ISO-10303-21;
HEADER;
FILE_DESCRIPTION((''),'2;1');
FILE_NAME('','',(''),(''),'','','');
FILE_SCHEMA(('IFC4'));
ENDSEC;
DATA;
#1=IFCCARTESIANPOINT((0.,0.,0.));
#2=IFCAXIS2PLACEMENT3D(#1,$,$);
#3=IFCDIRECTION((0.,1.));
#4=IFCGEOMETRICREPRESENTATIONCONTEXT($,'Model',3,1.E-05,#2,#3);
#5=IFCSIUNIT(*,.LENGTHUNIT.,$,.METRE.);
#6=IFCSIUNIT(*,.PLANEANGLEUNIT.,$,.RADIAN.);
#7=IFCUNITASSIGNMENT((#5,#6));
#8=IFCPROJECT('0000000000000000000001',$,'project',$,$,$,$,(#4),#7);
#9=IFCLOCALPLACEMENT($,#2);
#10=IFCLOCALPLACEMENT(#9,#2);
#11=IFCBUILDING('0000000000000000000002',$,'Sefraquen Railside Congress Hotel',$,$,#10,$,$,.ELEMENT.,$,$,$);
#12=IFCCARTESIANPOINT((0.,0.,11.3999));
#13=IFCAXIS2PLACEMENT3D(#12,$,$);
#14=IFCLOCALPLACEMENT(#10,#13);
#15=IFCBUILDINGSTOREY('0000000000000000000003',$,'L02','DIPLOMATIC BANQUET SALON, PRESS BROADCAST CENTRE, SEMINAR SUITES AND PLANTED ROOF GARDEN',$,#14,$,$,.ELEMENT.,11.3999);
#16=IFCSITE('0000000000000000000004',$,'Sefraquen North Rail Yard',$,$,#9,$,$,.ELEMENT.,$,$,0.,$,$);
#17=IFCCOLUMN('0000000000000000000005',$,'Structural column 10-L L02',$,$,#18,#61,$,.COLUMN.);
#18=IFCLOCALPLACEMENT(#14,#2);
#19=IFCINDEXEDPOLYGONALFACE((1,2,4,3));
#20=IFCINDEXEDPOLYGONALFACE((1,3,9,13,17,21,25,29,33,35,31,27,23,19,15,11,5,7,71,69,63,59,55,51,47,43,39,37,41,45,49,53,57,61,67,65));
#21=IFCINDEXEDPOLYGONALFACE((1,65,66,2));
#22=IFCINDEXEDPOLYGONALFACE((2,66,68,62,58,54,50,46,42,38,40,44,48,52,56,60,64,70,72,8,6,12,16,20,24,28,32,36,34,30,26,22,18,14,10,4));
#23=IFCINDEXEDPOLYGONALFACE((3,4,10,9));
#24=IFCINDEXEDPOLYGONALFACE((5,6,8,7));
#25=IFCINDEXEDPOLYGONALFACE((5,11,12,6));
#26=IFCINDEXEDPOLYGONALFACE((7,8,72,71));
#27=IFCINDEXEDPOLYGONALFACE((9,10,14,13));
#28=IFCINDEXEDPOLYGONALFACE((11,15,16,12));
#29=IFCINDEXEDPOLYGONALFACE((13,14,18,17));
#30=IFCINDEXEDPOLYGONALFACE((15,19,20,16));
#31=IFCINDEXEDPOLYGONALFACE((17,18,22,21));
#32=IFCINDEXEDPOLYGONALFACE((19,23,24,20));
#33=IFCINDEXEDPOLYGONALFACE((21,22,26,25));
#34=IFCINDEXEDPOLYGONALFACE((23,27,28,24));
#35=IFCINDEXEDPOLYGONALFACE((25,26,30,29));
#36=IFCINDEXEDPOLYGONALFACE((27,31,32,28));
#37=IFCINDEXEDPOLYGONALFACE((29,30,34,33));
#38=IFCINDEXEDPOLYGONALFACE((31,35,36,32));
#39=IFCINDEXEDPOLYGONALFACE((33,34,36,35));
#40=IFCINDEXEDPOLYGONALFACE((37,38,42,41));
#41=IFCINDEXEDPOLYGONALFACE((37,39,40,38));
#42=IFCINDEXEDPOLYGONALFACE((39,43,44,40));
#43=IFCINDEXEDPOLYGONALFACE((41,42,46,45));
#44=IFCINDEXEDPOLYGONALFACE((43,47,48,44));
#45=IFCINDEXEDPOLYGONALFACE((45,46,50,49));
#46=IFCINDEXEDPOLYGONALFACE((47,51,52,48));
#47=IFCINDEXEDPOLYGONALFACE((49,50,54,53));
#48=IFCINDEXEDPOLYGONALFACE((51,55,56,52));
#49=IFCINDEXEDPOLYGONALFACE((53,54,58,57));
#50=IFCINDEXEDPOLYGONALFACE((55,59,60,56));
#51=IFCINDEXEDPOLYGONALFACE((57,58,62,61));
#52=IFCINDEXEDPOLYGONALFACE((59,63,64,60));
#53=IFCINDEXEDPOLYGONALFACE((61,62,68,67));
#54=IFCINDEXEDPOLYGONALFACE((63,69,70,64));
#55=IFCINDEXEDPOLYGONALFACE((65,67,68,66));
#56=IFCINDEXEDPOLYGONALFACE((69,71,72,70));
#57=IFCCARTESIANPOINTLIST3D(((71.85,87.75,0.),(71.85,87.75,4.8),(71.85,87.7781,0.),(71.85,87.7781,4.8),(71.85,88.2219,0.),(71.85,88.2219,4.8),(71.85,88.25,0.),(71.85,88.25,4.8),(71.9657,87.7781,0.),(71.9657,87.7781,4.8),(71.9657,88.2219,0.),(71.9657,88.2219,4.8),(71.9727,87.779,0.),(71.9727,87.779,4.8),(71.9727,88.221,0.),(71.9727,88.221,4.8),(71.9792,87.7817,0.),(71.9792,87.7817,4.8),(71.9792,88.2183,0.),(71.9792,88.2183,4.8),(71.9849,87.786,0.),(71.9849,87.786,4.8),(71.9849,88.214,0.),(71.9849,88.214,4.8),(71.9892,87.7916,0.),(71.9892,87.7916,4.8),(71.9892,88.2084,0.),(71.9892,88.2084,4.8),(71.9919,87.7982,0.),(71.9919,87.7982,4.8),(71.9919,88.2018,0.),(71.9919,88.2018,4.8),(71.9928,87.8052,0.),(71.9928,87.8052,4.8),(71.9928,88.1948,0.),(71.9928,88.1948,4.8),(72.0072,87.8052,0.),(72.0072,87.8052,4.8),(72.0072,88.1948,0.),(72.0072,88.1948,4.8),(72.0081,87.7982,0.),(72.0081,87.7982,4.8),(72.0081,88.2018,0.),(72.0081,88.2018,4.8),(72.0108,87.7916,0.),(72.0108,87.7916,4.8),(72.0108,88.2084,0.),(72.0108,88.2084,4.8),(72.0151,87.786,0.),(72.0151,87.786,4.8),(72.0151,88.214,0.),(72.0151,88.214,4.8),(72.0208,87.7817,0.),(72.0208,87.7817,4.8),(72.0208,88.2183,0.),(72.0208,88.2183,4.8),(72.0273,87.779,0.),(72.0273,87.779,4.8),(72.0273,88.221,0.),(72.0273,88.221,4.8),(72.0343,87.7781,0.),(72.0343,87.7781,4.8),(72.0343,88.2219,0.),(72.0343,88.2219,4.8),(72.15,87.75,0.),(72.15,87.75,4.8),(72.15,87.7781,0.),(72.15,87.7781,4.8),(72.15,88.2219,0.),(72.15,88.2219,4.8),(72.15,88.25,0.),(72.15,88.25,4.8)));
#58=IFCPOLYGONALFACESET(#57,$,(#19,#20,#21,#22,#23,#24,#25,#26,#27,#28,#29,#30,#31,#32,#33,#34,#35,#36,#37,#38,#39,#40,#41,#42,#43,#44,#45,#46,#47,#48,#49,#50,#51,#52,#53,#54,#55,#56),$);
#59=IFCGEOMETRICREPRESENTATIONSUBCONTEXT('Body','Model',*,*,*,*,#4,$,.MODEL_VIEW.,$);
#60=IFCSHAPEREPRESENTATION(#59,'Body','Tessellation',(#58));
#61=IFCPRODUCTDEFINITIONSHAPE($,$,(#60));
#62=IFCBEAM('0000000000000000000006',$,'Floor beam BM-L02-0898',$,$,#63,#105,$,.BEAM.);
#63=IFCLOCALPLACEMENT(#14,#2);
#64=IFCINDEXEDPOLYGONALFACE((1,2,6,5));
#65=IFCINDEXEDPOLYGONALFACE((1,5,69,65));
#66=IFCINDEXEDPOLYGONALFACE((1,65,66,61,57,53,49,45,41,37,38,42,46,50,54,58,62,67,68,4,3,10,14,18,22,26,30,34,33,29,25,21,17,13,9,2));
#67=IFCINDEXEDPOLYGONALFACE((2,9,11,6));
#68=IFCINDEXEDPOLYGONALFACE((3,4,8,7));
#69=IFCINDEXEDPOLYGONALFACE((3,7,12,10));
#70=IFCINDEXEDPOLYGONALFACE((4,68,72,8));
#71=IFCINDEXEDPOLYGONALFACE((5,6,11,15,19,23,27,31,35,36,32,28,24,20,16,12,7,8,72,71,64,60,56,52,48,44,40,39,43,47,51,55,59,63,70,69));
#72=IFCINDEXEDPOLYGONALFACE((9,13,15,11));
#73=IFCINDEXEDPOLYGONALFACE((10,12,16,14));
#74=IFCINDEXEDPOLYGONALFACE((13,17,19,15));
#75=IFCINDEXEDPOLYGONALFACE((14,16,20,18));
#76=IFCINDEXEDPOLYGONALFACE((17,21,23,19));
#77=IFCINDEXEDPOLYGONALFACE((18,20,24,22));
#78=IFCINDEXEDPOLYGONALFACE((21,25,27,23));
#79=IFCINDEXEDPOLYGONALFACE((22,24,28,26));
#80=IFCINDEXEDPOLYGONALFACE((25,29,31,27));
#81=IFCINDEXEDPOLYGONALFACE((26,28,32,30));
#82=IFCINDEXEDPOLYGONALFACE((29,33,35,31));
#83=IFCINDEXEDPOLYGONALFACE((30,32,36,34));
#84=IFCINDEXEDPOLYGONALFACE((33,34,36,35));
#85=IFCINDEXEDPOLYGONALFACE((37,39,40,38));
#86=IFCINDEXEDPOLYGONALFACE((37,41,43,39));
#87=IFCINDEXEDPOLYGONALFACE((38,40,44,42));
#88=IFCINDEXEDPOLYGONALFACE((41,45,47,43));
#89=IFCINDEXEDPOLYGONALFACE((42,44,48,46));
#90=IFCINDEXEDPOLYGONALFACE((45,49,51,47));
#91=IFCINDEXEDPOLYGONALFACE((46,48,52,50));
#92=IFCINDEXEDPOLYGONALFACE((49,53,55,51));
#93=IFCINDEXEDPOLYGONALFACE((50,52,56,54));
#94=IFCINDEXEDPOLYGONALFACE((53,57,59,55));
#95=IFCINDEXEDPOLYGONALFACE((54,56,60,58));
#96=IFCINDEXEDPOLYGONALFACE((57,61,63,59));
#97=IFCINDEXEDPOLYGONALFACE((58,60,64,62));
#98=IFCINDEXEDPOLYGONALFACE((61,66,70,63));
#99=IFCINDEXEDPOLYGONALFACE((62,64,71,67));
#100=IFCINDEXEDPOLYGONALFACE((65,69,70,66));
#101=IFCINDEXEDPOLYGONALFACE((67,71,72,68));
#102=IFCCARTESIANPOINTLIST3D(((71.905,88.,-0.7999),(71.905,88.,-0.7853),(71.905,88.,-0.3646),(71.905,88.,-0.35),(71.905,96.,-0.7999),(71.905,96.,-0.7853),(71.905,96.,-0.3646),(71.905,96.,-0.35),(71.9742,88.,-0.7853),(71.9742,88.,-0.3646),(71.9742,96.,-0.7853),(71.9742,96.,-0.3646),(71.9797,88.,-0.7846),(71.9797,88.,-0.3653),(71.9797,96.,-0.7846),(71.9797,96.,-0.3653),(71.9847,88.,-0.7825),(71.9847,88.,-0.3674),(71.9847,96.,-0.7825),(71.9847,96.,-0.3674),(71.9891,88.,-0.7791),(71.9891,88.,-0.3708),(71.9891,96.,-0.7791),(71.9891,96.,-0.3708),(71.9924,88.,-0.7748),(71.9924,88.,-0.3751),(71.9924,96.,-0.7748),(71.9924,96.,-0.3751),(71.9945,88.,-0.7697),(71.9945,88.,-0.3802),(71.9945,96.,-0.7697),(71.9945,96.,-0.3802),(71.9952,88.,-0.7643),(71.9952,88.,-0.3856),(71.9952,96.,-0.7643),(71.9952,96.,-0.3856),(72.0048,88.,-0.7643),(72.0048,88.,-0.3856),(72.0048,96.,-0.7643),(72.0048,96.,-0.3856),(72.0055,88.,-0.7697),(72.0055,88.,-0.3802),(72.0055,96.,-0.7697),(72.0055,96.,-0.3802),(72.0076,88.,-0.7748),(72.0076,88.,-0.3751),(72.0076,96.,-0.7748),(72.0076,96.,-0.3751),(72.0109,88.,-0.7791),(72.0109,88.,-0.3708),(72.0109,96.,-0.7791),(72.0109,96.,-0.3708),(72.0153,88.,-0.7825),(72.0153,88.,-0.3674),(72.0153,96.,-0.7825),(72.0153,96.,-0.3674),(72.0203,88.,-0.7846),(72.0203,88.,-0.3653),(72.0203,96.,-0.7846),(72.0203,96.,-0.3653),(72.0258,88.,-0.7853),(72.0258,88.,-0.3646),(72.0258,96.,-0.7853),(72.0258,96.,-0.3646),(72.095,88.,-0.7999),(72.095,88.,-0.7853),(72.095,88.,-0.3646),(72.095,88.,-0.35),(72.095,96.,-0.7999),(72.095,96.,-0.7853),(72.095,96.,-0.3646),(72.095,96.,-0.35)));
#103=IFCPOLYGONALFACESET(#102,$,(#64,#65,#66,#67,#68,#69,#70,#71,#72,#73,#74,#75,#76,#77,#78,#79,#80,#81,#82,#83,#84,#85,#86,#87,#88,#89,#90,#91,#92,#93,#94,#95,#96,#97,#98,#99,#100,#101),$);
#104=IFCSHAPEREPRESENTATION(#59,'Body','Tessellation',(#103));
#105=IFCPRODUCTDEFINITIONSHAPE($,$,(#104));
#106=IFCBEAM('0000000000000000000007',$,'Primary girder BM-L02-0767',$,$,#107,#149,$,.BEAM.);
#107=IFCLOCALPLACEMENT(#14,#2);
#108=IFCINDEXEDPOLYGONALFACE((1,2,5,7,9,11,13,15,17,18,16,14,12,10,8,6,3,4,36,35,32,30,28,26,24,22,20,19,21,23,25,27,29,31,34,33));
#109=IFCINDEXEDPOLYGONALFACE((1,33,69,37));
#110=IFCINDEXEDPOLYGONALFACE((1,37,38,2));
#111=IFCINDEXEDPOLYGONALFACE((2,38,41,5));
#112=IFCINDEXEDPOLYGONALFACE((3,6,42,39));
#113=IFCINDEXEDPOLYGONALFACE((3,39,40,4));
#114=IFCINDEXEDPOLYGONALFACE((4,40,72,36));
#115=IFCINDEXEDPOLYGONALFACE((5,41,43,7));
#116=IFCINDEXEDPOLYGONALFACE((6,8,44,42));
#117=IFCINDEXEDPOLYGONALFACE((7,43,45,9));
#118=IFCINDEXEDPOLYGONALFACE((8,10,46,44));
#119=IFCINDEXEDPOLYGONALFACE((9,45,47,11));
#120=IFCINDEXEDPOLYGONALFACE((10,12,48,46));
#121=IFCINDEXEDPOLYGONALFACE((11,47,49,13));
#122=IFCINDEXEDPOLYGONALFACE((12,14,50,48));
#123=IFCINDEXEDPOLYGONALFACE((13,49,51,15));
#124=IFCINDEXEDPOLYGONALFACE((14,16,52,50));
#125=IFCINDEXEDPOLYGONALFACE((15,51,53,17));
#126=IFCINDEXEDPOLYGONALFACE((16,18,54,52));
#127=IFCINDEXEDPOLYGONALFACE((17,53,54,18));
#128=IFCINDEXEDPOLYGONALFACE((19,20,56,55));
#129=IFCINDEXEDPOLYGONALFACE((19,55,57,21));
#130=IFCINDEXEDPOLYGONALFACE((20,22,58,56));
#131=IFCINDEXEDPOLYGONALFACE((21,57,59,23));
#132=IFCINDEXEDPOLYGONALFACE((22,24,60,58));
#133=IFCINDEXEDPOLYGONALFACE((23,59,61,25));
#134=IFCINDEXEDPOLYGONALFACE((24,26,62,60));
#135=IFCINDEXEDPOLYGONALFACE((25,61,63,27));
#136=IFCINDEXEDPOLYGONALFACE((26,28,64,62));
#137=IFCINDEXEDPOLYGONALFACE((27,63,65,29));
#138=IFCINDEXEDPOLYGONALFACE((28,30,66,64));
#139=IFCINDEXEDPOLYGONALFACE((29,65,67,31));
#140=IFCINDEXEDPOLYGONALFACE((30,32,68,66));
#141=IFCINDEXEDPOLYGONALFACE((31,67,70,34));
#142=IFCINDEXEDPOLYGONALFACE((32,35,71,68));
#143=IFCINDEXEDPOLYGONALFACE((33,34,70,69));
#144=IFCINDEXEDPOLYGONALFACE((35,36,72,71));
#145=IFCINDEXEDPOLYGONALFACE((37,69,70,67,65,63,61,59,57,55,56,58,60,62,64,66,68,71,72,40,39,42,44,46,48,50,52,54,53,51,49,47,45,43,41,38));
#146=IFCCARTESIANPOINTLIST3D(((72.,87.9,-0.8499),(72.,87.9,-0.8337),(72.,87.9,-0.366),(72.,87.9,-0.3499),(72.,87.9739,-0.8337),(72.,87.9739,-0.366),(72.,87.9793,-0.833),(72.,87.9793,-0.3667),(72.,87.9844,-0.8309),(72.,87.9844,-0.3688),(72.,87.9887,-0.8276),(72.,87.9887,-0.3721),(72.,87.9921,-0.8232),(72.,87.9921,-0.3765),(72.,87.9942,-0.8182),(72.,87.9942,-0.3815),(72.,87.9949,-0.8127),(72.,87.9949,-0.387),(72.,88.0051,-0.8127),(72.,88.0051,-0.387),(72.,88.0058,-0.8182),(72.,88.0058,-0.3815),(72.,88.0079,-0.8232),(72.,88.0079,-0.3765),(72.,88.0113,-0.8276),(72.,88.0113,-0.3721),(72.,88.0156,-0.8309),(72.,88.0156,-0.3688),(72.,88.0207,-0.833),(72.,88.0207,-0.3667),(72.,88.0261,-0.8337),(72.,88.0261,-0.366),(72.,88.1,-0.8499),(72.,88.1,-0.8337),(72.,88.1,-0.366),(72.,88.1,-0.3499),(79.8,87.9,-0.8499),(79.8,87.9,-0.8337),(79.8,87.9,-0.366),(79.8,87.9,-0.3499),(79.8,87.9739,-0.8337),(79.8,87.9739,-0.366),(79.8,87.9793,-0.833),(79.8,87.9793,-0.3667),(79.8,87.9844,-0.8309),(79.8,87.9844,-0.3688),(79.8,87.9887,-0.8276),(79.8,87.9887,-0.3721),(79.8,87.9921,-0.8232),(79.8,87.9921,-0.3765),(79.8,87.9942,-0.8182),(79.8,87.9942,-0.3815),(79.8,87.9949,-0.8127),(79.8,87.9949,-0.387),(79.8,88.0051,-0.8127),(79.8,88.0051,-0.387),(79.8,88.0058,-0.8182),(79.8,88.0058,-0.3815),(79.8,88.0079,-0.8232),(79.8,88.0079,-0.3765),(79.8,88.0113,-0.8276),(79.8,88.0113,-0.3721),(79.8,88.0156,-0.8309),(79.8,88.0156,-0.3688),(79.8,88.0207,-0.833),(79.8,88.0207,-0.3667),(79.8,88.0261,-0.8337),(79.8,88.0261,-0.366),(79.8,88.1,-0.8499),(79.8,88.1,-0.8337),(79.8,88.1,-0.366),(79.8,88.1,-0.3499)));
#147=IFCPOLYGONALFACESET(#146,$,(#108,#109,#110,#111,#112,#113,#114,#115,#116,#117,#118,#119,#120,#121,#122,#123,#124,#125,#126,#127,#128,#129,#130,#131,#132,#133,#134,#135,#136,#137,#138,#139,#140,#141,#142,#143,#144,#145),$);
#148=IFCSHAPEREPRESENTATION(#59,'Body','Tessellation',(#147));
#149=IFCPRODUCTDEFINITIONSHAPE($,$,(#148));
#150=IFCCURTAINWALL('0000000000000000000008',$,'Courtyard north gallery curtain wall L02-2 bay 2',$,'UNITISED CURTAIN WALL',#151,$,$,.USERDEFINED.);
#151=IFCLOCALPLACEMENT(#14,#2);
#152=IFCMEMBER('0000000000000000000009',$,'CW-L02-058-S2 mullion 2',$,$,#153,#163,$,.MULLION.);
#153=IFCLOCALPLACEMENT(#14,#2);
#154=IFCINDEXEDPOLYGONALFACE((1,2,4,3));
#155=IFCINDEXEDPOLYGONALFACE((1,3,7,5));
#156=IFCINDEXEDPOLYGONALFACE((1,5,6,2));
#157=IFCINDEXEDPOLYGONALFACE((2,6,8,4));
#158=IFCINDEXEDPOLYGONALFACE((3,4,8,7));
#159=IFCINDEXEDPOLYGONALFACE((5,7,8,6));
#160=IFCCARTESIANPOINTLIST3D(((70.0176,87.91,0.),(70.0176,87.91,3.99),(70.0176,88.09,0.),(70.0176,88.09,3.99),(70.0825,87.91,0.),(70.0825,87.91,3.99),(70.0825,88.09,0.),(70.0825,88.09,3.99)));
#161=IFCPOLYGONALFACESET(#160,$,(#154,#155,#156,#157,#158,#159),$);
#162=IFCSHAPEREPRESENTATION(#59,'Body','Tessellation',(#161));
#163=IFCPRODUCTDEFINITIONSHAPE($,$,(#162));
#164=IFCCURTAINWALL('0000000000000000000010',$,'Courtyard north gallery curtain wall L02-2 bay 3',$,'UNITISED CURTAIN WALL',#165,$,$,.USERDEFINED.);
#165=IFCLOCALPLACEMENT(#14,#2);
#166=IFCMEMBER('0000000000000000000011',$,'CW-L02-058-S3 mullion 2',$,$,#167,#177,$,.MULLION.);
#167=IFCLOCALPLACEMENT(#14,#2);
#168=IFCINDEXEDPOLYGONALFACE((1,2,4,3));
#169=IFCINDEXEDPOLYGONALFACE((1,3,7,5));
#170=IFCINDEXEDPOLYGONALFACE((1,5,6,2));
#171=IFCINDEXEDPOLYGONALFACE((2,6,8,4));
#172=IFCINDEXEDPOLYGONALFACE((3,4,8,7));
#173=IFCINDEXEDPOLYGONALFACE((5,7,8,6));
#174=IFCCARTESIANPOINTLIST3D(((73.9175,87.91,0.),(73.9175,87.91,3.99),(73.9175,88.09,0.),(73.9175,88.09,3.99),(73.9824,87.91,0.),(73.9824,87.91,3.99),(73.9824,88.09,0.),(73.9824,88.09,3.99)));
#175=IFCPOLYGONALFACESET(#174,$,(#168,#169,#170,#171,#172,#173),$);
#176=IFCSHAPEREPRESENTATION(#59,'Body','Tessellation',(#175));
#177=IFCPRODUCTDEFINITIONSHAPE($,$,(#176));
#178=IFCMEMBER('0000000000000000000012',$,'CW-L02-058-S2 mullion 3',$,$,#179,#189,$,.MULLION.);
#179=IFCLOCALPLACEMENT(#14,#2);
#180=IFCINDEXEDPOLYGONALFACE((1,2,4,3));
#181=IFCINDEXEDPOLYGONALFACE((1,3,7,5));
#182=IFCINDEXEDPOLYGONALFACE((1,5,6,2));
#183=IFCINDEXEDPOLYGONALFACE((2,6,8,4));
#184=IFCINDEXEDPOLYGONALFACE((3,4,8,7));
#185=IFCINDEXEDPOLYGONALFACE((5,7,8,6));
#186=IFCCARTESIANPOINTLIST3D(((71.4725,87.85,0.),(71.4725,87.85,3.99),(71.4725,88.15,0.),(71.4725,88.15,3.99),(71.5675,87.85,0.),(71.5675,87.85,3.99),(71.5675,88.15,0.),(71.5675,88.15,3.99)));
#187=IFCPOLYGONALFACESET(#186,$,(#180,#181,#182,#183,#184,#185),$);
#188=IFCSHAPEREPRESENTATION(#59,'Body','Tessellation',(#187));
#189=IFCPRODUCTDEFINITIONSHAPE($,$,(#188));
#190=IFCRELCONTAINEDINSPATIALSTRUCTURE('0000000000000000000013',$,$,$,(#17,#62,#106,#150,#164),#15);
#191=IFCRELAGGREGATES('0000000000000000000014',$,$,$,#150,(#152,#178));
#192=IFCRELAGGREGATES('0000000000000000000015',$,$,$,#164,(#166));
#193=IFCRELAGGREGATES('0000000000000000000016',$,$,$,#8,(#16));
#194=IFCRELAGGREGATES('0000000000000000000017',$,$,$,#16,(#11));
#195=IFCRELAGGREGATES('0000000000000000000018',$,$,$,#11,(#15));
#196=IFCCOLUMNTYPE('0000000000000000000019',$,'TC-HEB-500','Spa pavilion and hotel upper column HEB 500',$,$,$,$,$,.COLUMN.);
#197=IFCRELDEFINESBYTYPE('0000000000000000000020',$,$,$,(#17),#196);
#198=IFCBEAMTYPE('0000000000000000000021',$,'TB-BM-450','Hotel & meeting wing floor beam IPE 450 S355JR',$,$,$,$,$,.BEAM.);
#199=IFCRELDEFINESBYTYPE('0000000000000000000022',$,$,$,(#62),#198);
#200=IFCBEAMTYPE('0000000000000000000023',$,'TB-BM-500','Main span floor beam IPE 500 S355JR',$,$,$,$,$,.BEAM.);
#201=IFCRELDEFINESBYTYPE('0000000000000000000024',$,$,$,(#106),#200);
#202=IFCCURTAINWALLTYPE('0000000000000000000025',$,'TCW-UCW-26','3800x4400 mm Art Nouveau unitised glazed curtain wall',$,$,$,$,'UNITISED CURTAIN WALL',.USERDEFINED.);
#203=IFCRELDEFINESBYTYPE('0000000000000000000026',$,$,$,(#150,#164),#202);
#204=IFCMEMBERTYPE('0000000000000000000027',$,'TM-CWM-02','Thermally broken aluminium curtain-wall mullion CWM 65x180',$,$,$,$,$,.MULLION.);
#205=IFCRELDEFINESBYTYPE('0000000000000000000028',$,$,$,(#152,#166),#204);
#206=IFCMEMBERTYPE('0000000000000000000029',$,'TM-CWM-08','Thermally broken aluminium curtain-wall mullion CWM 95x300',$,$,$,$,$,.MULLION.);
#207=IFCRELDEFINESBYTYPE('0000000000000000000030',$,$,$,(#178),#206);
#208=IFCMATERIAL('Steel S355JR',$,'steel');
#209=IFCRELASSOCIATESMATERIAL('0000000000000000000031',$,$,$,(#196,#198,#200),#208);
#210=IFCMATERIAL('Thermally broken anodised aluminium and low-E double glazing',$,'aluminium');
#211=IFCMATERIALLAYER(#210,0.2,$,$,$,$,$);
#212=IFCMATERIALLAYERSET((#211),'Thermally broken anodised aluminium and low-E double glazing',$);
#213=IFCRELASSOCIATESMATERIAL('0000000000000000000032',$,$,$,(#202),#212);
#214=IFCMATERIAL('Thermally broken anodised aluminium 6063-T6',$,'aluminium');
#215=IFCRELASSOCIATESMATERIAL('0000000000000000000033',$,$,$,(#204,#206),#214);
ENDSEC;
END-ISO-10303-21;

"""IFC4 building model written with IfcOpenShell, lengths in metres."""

from ifc_helpers import new_model, si_unit, direction, frame, origin, origin_2d, place, context, subcontext, project, spatial, rectangle, i_section, extrude, material, layer, layer_set, material_profile, profile_set, type_object, element, aggregate, save


model = new_model("IFC4")

# Units and contexts
model_context = context("Model", 3, precision=1e-05, world=origin(), true_north=direction((0.0, 1.0)))
body_context = subcontext(model_context, "Body", "Model", "MODEL_VIEW")
ifc_project = project(units=[si_unit("LENGTHUNIT", "METRE"), si_unit("PLANEANGLEUNIT", "RADIAN")], contexts=[model_context])

# Site, building, storey
site_placement = place(None, origin())
site = spatial("IfcSite", under=ifc_project, at=site_placement, Name="Sefraquen North Rail Yard", CompositionType="ELEMENT", RefElevation=0.0)
building_placement = place(site_placement, origin())
building = spatial("IfcBuilding", under=site, at=building_placement, Name="Sefraquen Railside Congress Hotel", CompositionType="ELEMENT")
storey_placement = place(building_placement, frame((0.0, 0.0, 11.3999)))
storey = spatial("IfcBuildingStorey", under=building, at=storey_placement, Name="L02", Description="DIPLOMATIC BANQUET SALON, PRESS BROADCAST CENTRE, SEMINAR SUITES AND PLANTED ROOF GARDEN", CompositionType="ELEMENT", Elevation=11.3999)

# Column
ifc_material_1 = material(Name="Steel S355JR", Category="steel")
ifc_material_profile_1 = material_profile(ifc_material_1, i_section(OverallWidth=0.3, OverallDepth=0.5, WebThickness=0.0144, FlangeThickness=0.0281, FilletRadius=0.0271, at=origin_2d()), Name="HEB 500")
ifc_profile_set_1 = profile_set([ifc_material_profile_1], Name="Steel S355JR")
column_type = type_object("IfcColumnType", Name="TC-HEB-500", Description="Spa pavilion and hotel upper column HEB 500", PredefinedType="COLUMN", material=ifc_profile_set_1)
column_placement = place(storey_placement, frame((72.0, 88.0, 0.0), z_axis=(0.0, 0.0, 1.0), x_axis=(1.0, 0.0, 0.0)))
element("IfcColumn", 1, at=column_placement, inside=storey, type_object=column_type, Name="Structural column 10-L L02", PredefinedType="COLUMN", context=body_context, shape_type="SweptSolid", body=[
    extrude(i_section(OverallWidth=0.3, OverallDepth=0.5, WebThickness=0.0144, FlangeThickness=0.0281, FilletRadius=0.0271, at=origin_2d()), origin(), (0.0, 0.0, 1.0), 4.8),
])

# Beams
ifc_material_profile_2 = material_profile(ifc_material_1, i_section(OverallWidth=0.1899, OverallDepth=0.45, WebThickness=0.0095, FlangeThickness=0.0146, FilletRadius=0.021, at=origin_2d()), Name="IPE 450")
ifc_profile_set_2 = profile_set([ifc_material_profile_2], Name="Steel S355JR")
beam_type_1 = type_object("IfcBeamType", Name="TB-BM-450", Description="Hotel & meeting wing floor beam IPE 450 S355JR", PredefinedType="BEAM", material=ifc_profile_set_2)
beam_1_placement = place(storey_placement, frame((72.0, 88.0, -0.575), z_axis=(0.0, 1.0, 0.0), x_axis=(-1.0, 0.0, 0.0)))
element("IfcBeam", 2, at=beam_1_placement, inside=storey, type_object=beam_type_1, Name="Floor beam BM-L02-0898", PredefinedType="BEAM", context=body_context, shape_type="SweptSolid", body=[
    extrude(i_section(OverallWidth=0.1899, OverallDepth=0.45, WebThickness=0.0095, FlangeThickness=0.0146, FilletRadius=0.021, at=origin_2d()), origin(), (0.0, 0.0, 1.0), 8.0),
])
ifc_material_profile_3 = material_profile(ifc_material_1, i_section(OverallWidth=0.2, OverallDepth=0.5, WebThickness=0.0103, FlangeThickness=0.0161, FilletRadius=0.021, at=origin_2d()), Name="IPE 500")
ifc_profile_set_3 = profile_set([ifc_material_profile_3], Name="Steel S355JR")
beam_type_2 = type_object("IfcBeamType", Name="TB-BM-500", Description="Main span floor beam IPE 500 S355JR", PredefinedType="BEAM", material=ifc_profile_set_3)
beam_2_placement = place(storey_placement, frame((72.0, 88.0, -0.5999), z_axis=(1.0, 0.0, 0.0), x_axis=(0.0, 1.0, 0.0)))
element("IfcBeam", 3, at=beam_2_placement, inside=storey, type_object=beam_type_2, Name="Primary girder BM-L02-0767", PredefinedType="BEAM", context=body_context, shape_type="SweptSolid", body=[
    extrude(i_section(OverallWidth=0.2, OverallDepth=0.5, WebThickness=0.0103, FlangeThickness=0.0161, FilletRadius=0.021, at=origin_2d()), origin(), (0.0, 0.0, 1.0), 7.8),
])

# Curtain walls, members
ifc_material_2 = material(Name="Thermally broken anodised aluminium and low-E double glazing", Category="aluminium")
ifc_layer_1 = layer(ifc_material_2, 0.2)
ifc_layer_set_1 = layer_set([ifc_layer_1], Name="Thermally broken anodised aluminium and low-E double glazing")
curtain_wall_type = type_object("IfcCurtainWallType", Name="TCW-UCW-26", Description="3800x4400 mm Art Nouveau unitised glazed curtain wall", ElementType="UNITISED CURTAIN WALL", PredefinedType="USERDEFINED", material=ifc_layer_set_1)
curtain_wall_1_placement = place(storey_placement, origin())
curtain_wall_1 = element("IfcCurtainWall", 4, at=curtain_wall_1_placement, inside=storey, type_object=curtain_wall_type, Name="Courtyard north gallery curtain wall L02-2 bay 2", ObjectType="UNITISED CURTAIN WALL", PredefinedType="USERDEFINED")
ifc_material_3 = material(Name="Thermally broken anodised aluminium 6063-T6", Category="aluminium")
ifc_material_profile_4 = material_profile(ifc_material_3, rectangle(XDim=0.0649, YDim=0.1799, at=origin_2d()), Name="CWM 65x180")
ifc_profile_set_4 = profile_set([ifc_material_profile_4], Name="Thermally broken anodised aluminium 6063-T6")
member_type_1 = type_object("IfcMemberType", Name="TM-CWM-02", Description="Thermally broken aluminium curtain-wall mullion CWM 65x180", PredefinedType="MULLION", material=ifc_profile_set_4)
member_1_placement = place(storey_placement, frame((70.05, 88.0, 0.0), z_axis=(0.0, 0.0, 1.0), x_axis=(1.0, 0.0, 0.0)))
member_1 = element("IfcMember", 5, at=member_1_placement, type_object=member_type_1, Name="CW-L02-058-S2 mullion 2", PredefinedType="MULLION", context=body_context, shape_type="SweptSolid", body=[
    extrude(rectangle(XDim=0.0649, YDim=0.1799, at=origin_2d()), origin(), (0.0, 0.0, 1.0), 3.99),
])
curtain_wall_2_placement = place(storey_placement, origin())
curtain_wall_2 = element("IfcCurtainWall", 6, at=curtain_wall_2_placement, inside=storey, type_object=curtain_wall_type, Name="Courtyard north gallery curtain wall L02-2 bay 3", ObjectType="UNITISED CURTAIN WALL", PredefinedType="USERDEFINED")
member_2_placement = place(storey_placement, frame((73.95, 88.0, 0.0), z_axis=(0.0, 0.0, 1.0), x_axis=(1.0, 0.0, 0.0)))
member_2 = element("IfcMember", 7, at=member_2_placement, type_object=member_type_1, Name="CW-L02-058-S3 mullion 2", PredefinedType="MULLION", context=body_context, shape_type="SweptSolid", body=[
    extrude(rectangle(XDim=0.0649, YDim=0.1799, at=origin_2d()), origin(), (0.0, 0.0, 1.0), 3.99),
])

# Member
ifc_material_profile_5 = material_profile(ifc_material_3, rectangle(XDim=0.095, YDim=0.3, at=origin_2d()), Name="CWM 95x300")
ifc_profile_set_5 = profile_set([ifc_material_profile_5], Name="Thermally broken anodised aluminium 6063-T6")
member_type_2 = type_object("IfcMemberType", Name="TM-CWM-08", Description="Thermally broken aluminium curtain-wall mullion CWM 95x300", PredefinedType="MULLION", material=ifc_profile_set_5)
member_3_placement = place(storey_placement, frame((71.52, 88.0, 0.0), z_axis=(0.0, 0.0, 1.0), x_axis=(1.0, 0.0, 0.0)))
member_3 = element("IfcMember", 8, at=member_3_placement, type_object=member_type_2, Name="CW-L02-058-S2 mullion 3", PredefinedType="MULLION", context=body_context, shape_type="SweptSolid", body=[
    extrude(rectangle(XDim=0.095, YDim=0.3, at=origin_2d()), origin(), (0.0, 0.0, 1.0), 3.99),
])

aggregate(curtain_wall_1, [member_1, member_3])
aggregate(curtain_wall_2, [member_2])

save(model, "model.ifc")
